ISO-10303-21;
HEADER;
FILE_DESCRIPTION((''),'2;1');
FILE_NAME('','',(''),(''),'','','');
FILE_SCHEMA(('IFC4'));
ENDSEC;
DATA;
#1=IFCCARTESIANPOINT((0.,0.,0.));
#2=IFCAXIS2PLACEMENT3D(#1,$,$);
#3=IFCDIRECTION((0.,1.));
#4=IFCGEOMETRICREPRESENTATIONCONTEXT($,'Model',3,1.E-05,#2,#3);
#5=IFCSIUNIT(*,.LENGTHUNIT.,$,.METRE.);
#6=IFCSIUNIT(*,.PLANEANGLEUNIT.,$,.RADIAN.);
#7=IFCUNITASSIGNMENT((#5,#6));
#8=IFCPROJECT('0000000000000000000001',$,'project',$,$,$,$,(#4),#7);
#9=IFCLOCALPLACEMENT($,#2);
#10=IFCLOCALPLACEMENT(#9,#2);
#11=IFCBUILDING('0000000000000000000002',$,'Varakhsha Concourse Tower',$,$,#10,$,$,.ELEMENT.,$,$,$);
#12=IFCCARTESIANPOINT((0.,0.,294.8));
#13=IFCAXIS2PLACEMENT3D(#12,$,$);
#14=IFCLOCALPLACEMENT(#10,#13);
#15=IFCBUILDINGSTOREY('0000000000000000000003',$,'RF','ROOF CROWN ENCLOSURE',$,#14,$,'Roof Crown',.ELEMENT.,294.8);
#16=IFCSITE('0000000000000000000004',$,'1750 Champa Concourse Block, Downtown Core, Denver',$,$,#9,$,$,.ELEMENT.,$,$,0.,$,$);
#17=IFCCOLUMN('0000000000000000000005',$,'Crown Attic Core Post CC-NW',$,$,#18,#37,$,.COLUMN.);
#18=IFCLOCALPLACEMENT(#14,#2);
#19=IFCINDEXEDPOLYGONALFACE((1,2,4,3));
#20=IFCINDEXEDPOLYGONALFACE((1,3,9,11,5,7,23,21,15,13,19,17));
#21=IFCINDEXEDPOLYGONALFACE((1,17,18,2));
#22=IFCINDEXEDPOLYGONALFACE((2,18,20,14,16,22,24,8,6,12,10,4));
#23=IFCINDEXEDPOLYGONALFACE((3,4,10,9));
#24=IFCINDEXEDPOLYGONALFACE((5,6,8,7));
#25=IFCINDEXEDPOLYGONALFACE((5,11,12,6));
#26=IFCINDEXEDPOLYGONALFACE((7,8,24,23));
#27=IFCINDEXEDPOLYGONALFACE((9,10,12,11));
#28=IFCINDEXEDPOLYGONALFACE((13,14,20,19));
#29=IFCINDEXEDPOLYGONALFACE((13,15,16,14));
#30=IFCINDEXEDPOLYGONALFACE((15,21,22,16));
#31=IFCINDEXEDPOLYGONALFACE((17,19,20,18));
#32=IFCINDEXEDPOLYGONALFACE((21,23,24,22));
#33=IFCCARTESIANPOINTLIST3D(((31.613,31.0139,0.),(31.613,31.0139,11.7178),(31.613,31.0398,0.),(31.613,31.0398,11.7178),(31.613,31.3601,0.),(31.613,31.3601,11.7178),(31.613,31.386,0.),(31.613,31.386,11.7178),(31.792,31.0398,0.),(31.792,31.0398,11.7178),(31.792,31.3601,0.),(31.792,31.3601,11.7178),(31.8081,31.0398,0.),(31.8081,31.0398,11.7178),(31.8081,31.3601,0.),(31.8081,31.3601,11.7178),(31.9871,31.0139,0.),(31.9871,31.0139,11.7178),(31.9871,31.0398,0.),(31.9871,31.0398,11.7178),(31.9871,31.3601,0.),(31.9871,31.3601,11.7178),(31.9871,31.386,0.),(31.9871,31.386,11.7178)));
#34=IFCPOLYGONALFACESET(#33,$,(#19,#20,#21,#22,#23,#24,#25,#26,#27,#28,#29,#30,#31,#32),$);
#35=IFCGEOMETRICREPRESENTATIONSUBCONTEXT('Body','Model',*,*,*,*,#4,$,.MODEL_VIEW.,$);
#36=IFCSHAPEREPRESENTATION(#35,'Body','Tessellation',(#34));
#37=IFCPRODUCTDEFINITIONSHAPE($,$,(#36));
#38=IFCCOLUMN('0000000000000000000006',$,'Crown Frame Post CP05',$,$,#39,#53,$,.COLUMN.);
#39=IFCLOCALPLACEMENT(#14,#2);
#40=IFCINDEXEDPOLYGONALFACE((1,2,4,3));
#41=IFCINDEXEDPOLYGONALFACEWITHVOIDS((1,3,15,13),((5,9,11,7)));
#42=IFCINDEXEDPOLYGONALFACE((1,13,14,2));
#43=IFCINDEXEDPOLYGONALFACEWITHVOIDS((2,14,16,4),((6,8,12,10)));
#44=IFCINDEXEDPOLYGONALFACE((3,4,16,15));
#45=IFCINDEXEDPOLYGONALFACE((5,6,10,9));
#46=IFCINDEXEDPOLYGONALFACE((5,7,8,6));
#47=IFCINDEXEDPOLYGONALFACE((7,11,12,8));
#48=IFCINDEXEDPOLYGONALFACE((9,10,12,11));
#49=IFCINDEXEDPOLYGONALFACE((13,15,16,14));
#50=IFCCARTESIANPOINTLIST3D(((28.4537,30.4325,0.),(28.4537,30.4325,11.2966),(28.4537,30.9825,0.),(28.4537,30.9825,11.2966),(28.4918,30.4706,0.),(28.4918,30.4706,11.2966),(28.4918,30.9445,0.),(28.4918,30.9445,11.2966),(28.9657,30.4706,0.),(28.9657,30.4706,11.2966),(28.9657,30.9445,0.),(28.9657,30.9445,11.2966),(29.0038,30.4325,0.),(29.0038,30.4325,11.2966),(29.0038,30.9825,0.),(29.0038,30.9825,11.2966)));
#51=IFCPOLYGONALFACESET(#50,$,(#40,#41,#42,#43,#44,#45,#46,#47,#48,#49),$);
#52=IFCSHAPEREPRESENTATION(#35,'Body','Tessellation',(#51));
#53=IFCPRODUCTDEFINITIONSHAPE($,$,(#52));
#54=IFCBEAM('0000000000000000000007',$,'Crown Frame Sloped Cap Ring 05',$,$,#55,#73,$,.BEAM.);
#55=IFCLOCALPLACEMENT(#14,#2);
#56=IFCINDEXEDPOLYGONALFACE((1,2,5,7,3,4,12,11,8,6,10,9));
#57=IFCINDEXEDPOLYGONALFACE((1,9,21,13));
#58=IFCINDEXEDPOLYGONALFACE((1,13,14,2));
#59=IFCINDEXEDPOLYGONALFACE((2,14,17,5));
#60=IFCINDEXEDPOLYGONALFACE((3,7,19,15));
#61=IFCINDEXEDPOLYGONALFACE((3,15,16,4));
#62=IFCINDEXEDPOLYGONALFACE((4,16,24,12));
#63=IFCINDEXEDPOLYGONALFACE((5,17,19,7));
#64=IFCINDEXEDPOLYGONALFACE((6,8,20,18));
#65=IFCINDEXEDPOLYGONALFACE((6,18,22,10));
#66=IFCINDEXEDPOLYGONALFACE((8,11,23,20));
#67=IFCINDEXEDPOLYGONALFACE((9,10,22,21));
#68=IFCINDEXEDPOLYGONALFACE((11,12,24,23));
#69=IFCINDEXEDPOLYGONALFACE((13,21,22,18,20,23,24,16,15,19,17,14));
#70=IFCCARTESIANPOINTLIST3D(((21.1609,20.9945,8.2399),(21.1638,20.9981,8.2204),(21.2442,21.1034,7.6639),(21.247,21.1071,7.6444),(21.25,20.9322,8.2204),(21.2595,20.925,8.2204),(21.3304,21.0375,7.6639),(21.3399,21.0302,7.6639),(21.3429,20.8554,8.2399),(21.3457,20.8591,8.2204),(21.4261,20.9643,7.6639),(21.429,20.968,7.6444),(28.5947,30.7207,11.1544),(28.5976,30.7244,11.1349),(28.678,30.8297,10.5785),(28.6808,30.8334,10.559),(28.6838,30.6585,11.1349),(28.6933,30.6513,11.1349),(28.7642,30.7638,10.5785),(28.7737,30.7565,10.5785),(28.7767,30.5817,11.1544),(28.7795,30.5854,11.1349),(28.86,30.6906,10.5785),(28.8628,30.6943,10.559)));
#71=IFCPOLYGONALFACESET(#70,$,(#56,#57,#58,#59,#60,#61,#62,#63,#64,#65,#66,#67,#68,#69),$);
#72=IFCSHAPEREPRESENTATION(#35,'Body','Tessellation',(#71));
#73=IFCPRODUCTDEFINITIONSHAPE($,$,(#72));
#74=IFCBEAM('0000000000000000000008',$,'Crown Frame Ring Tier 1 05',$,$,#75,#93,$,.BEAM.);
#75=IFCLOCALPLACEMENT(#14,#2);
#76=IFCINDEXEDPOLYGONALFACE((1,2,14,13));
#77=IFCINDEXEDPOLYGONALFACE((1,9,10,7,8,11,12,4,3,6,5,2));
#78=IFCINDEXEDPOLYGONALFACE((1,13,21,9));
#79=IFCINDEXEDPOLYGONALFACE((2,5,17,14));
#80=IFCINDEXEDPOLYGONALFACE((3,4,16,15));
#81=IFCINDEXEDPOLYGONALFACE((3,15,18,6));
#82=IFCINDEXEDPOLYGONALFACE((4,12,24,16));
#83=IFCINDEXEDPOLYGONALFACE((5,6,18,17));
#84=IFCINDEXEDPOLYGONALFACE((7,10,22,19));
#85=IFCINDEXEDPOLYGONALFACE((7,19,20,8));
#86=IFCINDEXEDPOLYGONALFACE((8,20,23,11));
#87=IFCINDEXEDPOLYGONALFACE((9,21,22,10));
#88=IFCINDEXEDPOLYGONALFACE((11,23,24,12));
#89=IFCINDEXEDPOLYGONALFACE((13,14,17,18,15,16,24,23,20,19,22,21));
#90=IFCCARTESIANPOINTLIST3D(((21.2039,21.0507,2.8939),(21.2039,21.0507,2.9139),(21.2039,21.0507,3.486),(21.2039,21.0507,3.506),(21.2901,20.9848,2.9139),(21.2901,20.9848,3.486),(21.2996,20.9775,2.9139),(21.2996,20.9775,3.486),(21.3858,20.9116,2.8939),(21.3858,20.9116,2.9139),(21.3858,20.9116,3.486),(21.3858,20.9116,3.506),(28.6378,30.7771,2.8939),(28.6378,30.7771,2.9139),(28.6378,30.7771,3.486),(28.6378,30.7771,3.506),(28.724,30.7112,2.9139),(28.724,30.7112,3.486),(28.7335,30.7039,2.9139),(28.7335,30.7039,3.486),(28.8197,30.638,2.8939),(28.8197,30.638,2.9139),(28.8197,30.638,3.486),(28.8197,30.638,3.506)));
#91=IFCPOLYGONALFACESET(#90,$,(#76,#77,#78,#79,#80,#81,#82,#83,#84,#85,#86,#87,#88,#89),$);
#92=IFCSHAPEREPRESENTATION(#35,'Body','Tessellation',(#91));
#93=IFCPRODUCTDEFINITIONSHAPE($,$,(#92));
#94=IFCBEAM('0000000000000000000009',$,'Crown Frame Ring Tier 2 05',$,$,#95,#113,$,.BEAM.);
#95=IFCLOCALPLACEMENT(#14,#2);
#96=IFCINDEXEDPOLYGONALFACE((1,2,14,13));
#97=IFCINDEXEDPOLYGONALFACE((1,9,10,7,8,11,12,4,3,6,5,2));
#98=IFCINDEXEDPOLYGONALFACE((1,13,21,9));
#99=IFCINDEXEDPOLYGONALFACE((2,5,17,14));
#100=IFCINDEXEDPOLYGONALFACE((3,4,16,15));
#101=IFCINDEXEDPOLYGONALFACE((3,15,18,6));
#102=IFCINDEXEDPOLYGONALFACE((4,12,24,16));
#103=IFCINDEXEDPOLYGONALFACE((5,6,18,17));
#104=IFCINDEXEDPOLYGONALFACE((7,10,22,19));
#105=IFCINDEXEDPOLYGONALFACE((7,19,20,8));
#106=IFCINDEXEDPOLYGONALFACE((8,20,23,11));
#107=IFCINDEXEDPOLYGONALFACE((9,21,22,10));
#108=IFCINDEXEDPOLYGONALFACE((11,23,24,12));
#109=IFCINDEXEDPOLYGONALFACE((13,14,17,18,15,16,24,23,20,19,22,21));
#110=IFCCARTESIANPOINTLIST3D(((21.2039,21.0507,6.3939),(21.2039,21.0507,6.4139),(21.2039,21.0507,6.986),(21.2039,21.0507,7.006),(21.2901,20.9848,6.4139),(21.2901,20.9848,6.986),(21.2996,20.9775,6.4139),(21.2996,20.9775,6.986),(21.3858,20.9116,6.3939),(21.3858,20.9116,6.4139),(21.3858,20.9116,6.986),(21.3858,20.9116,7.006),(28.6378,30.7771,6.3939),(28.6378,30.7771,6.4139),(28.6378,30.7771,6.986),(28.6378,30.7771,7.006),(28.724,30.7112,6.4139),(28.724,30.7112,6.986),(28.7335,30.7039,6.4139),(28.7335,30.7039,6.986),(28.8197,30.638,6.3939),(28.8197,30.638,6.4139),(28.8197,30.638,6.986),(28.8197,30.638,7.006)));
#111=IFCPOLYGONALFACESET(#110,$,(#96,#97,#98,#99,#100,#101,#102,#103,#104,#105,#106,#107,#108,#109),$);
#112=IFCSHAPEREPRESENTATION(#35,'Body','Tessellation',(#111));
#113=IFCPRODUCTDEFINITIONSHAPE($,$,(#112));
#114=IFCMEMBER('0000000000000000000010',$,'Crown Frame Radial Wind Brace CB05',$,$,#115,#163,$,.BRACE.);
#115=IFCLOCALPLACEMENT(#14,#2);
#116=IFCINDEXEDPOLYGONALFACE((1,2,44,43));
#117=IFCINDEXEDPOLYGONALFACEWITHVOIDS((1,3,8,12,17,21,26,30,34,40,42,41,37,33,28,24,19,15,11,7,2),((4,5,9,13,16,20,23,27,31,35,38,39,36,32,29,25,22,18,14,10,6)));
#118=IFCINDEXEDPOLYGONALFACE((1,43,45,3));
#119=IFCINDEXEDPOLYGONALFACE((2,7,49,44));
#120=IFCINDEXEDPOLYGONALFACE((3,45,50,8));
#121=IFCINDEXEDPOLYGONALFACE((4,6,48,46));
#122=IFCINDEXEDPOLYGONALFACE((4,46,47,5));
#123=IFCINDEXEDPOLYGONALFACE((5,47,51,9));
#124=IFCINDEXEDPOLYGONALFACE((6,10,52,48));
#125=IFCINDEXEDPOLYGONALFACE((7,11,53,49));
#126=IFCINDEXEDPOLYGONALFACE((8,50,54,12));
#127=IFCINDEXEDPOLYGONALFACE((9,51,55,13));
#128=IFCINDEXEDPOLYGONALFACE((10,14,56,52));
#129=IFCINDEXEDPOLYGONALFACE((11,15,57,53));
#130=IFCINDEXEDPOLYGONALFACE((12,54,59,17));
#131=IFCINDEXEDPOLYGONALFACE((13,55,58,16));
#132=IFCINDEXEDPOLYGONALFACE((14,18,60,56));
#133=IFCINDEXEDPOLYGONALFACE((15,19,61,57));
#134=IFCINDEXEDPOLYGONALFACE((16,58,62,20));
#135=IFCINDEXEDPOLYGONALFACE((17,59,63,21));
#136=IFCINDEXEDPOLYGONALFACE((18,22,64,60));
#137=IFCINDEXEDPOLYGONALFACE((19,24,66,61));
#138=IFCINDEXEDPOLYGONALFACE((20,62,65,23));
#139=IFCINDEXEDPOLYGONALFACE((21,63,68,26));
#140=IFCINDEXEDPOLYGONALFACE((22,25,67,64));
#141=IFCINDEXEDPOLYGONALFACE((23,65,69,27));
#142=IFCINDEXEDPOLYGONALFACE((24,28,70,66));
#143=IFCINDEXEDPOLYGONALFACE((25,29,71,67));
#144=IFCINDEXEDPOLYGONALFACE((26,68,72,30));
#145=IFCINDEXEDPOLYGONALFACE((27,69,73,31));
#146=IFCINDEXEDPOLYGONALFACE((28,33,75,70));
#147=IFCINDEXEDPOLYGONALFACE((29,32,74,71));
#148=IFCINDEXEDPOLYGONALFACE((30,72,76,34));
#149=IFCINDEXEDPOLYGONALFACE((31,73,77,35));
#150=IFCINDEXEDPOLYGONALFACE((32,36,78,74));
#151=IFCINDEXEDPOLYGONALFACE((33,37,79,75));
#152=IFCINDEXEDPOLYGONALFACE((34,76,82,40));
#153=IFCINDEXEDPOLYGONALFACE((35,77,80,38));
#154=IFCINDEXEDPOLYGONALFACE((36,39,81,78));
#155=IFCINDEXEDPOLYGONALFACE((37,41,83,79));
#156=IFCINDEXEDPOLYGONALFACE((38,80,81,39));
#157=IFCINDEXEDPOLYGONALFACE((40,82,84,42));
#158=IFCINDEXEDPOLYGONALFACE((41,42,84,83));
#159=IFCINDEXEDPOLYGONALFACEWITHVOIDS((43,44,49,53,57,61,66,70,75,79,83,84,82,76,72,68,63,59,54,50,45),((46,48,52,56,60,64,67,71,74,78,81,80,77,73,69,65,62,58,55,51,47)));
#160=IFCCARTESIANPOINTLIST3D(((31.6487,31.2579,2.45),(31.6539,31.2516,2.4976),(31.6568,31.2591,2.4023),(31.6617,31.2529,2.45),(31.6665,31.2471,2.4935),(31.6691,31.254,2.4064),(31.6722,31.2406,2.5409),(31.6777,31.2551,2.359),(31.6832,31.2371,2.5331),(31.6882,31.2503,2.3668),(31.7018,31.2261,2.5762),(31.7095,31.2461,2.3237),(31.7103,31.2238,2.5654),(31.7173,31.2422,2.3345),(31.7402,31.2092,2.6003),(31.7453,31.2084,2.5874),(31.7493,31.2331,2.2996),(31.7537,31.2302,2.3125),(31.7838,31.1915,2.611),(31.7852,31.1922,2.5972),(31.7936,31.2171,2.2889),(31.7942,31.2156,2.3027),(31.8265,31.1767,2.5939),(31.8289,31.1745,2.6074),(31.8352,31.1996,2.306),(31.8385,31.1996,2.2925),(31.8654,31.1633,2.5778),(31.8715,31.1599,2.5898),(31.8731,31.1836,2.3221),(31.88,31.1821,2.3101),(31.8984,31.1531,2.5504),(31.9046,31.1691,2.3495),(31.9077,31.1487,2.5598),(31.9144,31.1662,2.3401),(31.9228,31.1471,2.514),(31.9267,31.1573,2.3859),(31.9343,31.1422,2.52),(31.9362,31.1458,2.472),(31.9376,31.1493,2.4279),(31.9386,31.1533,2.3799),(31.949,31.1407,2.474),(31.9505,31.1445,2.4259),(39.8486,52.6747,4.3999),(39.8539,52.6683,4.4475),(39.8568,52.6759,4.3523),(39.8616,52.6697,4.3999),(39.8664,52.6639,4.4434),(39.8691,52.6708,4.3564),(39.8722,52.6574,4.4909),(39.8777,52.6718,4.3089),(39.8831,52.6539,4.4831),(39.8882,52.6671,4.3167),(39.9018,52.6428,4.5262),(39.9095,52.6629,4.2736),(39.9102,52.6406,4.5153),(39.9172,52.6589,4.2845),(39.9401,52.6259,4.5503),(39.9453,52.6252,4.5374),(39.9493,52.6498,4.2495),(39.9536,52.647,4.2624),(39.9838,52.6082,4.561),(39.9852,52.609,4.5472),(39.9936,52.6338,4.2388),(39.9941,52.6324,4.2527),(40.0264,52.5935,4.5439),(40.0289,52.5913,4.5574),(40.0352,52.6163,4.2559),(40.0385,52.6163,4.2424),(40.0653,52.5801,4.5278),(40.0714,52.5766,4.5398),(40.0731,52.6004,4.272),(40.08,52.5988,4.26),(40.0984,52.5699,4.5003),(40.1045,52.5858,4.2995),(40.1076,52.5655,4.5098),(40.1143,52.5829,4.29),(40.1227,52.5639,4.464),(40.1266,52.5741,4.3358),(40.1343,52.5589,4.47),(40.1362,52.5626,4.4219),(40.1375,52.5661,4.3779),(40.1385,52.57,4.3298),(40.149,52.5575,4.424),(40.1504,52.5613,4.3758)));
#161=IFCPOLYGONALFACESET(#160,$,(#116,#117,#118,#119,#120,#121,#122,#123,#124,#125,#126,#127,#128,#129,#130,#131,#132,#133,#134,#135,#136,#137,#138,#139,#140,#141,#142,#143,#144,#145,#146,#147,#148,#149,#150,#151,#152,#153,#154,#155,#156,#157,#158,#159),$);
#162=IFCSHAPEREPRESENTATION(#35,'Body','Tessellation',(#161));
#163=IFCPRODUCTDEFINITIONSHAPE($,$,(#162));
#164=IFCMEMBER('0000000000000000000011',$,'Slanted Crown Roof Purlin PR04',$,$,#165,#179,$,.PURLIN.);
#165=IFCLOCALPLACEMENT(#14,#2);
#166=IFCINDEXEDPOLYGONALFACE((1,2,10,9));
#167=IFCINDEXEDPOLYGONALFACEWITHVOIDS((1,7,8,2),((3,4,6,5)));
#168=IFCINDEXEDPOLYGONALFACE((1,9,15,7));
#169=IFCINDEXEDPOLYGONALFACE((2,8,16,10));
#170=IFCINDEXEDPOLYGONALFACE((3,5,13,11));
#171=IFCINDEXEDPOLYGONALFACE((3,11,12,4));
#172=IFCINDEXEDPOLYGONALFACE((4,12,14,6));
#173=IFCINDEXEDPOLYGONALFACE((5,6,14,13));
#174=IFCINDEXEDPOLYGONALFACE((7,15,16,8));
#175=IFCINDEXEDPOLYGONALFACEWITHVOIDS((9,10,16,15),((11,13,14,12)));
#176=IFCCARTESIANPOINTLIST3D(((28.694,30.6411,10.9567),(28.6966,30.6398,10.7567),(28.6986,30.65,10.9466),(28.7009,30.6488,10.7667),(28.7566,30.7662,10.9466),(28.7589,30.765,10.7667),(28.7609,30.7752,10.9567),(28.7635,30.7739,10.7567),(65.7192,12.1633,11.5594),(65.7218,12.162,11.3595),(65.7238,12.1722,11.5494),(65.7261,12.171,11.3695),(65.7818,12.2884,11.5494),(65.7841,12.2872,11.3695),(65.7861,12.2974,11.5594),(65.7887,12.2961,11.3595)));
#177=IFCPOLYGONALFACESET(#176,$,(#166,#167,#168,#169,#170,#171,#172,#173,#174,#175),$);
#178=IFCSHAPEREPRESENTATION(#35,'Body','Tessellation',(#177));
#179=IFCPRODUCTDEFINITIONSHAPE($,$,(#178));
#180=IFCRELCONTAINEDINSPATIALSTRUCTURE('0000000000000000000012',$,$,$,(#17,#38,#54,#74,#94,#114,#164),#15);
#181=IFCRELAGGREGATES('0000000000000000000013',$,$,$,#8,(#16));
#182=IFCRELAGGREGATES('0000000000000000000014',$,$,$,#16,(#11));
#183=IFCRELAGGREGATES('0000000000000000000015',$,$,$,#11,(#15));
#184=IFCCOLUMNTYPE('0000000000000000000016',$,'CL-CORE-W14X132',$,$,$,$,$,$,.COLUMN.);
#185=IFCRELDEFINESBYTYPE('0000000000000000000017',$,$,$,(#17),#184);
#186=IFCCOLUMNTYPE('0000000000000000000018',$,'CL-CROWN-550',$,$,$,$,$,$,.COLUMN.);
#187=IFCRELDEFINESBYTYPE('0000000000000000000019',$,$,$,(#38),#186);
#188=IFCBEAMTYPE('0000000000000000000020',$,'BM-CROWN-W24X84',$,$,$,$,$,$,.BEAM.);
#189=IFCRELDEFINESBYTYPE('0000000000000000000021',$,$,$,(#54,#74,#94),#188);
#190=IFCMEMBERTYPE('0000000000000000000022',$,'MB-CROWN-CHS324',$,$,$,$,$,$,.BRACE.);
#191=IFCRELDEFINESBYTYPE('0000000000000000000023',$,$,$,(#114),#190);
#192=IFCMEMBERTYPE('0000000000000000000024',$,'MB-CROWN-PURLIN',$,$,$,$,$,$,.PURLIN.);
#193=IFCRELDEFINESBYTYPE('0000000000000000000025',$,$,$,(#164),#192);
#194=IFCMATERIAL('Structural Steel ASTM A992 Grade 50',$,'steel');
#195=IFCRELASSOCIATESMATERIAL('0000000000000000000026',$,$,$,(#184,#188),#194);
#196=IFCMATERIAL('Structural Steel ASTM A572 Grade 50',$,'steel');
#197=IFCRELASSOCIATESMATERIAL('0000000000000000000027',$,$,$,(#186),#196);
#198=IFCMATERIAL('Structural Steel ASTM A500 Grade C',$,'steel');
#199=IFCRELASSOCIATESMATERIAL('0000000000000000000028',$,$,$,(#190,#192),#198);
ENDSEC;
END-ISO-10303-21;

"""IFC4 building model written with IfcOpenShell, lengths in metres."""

from ifc_helpers import new_model, si_unit, direction, frame, origin, origin_2d, place, context, subcontext, project, spatial, hollow_rectangle, hollow_circle, i_section, extrude, source, transform, mapped, material, material_profile, profile_set, type_object, type_shapes, element, save


model = new_model("IFC4")

# Units and contexts
model_context = context("Model", 3, precision=1e-05, world=origin(), true_north=direction((0.0, 1.0)))
body_context = subcontext(model_context, "Body", "Model", "MODEL_VIEW")
ifc_project = project(units=[si_unit("LENGTHUNIT", "METRE"), si_unit("PLANEANGLEUNIT", "RADIAN")], contexts=[model_context])

# Site, building, storey
site_placement = place(None, origin())
site = spatial("IfcSite", under=ifc_project, at=site_placement, Name="1750 Champa Concourse Block, Downtown Core, Denver", CompositionType="ELEMENT", RefElevation=0.0)
building_placement = place(site_placement, origin())
building = spatial("IfcBuilding", under=site, at=building_placement, Name="Varakhsha Concourse Tower", CompositionType="ELEMENT")
storey_placement = place(building_placement, frame((0.0, 0.0, 294.8)))
storey = spatial("IfcBuildingStorey", under=building, at=storey_placement, Name="RF", Description="ROOF CROWN ENCLOSURE", LongName="Roof Crown", CompositionType="ELEMENT", Elevation=294.8)

# Columns
ifc_material_1 = material(Name="Structural Steel ASTM A992 Grade 50", Category="steel")
ifc_material_profile_1 = material_profile(ifc_material_1, i_section(OverallWidth=0.374, OverallDepth=0.3721, WebThickness=0.0161, FlangeThickness=0.0259, at=origin_2d()), Name="W14X132")
ifc_profile_set_1 = profile_set([ifc_material_profile_1], Name="Structural Steel ASTM A992 Grade 50")
column_type_1 = type_object("IfcColumnType", Name="CL-CORE-W14X132", PredefinedType="COLUMN", material=ifc_profile_set_1)
column_1_placement = place(storey_placement, frame((31.8, 31.2, 0.0), z_axis=(0.0, 0.0, 1.0), x_axis=(1.0, 0.0, 0.0)))
element("IfcColumn", 1, at=column_1_placement, inside=storey, type_object=column_type_1, Name="Crown Attic Core Post CC-NW", PredefinedType="COLUMN", context=body_context, shape_type="SweptSolid", body=[
    extrude(i_section(OverallWidth=0.374, OverallDepth=0.3721, WebThickness=0.0161, FlangeThickness=0.0259, at=origin_2d()), origin(), (0.0, 0.0, 1.0), 11.7178),
])
ifc_material_2 = material(Name="Structural Steel ASTM A572 Grade 50", Category="steel")
ifc_material_profile_2 = material_profile(ifc_material_2, hollow_rectangle(XDim=0.55, YDim=0.55, WallThickness=0.0381, at=origin_2d()), Name="BOX 550x550x38")
ifc_profile_set_2 = profile_set([ifc_material_profile_2], Name="Structural Steel ASTM A572 Grade 50")
column_type_2 = type_object("IfcColumnType", Name="CL-CROWN-550", PredefinedType="COLUMN", material=ifc_profile_set_2)
column_2_placement = place(storey_placement, frame((28.7288, 30.7075, 0.0), z_axis=(0.0, 0.0, 1.0), x_axis=(1.0, 0.0, 0.0)))
element("IfcColumn", 2, at=column_2_placement, inside=storey, type_object=column_type_2, Name="Crown Frame Post CP05", PredefinedType="COLUMN", context=body_context, shape_type="SweptSolid", body=[
    extrude(hollow_rectangle(XDim=0.55, YDim=0.55, WallThickness=0.0381, at=origin_2d()), origin(), (0.0, 0.0, 1.0), 11.2966),
])

# Beams
ifc_material_profile_3 = material_profile(ifc_material_1, i_section(OverallWidth=0.229, OverallDepth=0.6121, WebThickness=0.012, FlangeThickness=0.02, at=origin_2d()), Name="W24X84")
ifc_profile_set_3 = profile_set([ifc_material_profile_3], Name="Structural Steel ASTM A992 Grade 50")
beam_type = type_object("IfcBeamType", Name="BM-CROWN-W24X84", PredefinedType="BEAM", material=ifc_profile_set_3)
beam_placement = place(storey_placement, frame((28.7288, 30.7075, 10.8567), z_axis=(-0.590736, -0.77291, -0.231607), x_axis=(0.794513, -0.607247, 0.0)))
element("IfcBeam", 3, at=beam_placement, inside=storey, type_object=beam_type, Name="Crown Frame Sloped Cap Ring 05", PredefinedType="BEAM", context=body_context, shape_type="SweptSolid", body=[
    extrude(i_section(OverallWidth=0.229, OverallDepth=0.6121, WebThickness=0.012, FlangeThickness=0.02, at=origin_2d()), origin(), (0.0, 0.0, 1.0), 12.584),
])
for number, where, z_axis, x_axis, name in (
    (4, (28.7288, 30.7075, 3.2), (-0.607247, -0.794513, 0.0), (0.794513, -0.607247, 0.0), "Crown Frame Ring Tier 1 05"),
    (5, (28.7288, 30.7075, 6.7), (-0.607247, -0.794513, 0.0), (0.794513, -0.607247, 0.0), "Crown Frame Ring Tier 2 05"),
):
    element("IfcBeam", number, at=place(storey_placement, frame(where, z_axis=z_axis, x_axis=x_axis)), inside=storey, type_object=beam_type, Name=name, PredefinedType="BEAM", context=body_context, shape_type="SweptSolid", body=[
        extrude(i_section(OverallWidth=0.229, OverallDepth=0.6121, WebThickness=0.012, FlangeThickness=0.02, at=origin_2d()), origin(), (0.0, 0.0, 1.0), 12.2419),
    ])

# Members
ifc_material_3 = material(Name="Structural Steel ASTM A500 Grade C", Category="steel")
ifc_material_profile_4 = material_profile(ifc_material_3, hollow_circle(Radius=0.1621, WallThickness=0.0139, at=origin_2d()), Name="CHS 324x14")
ifc_profile_set_4 = profile_set([ifc_material_profile_4], Name="Structural Steel ASTM A500 Grade C")
member_type_1 = type_object("IfcMemberType", Name="MB-CROWN-CHS324", PredefinedType="BRACE", material=ifc_profile_set_4)
shared_shape_1 = source(origin(), body_context, "Body", "SweptSolid", [
    extrude(hollow_circle(Radius=0.1621, WallThickness=0.0139, at=origin_2d()), origin(), (0.0, 0.0, 1.0), 23.0156),
])
type_shapes(member_type_1, [shared_shape_1])
member_1_placement = place(storey_placement, frame((31.8, 31.2, 2.45), z_axis=(0.356278, 0.930531, 0.084723), x_axis=(-0.933889, 0.357563, 0.0)))
element("IfcMember", 6, at=member_1_placement, inside=storey, type_object=member_type_1, Name="Crown Frame Radial Wind Brace CB05", PredefinedType="BRACE", context=body_context, shape_type="MappedRepresentation", body=[
    mapped(shared_shape_1, transform((0.0, 0.0, 0.0), scale=1.0)),
])
ifc_material_profile_5 = material_profile(ifc_material_3, hollow_rectangle(XDim=0.1499, YDim=0.2, WallThickness=0.01, at=origin_2d()), Name="HSS 200x150x10")
ifc_profile_set_5 = profile_set([ifc_material_profile_5], Name="Structural Steel ASTM A500 Grade C")
member_type_2 = type_object("IfcMemberType", Name="MB-CROWN-PURLIN", PredefinedType="PURLIN", material=ifc_profile_set_5)
shared_shape_2 = source(origin(), body_context, "Body", "SweptSolid", [
    extrude(hollow_rectangle(XDim=0.1499, YDim=0.2, WallThickness=0.01, at=origin_2d()), origin(), (0.0, 0.0, 1.0), 41.3843),
])
type_shapes(member_type_2, [shared_shape_2])
member_2_placement = place(storey_placement, frame((28.7288, 30.7075, 10.8567), z_axis=(0.894668, -0.446493, 0.014566), x_axis=(0.446541, 0.894763, 0.0)))
element("IfcMember", 7, at=member_2_placement, inside=storey, type_object=member_type_2, Name="Slanted Crown Roof Purlin PR04", PredefinedType="PURLIN", context=body_context, shape_type="MappedRepresentation", body=[
    mapped(shared_shape_2, transform((0.0, 0.0, 0.0), scale=1.0)),
])

save(model, "model.ifc")
